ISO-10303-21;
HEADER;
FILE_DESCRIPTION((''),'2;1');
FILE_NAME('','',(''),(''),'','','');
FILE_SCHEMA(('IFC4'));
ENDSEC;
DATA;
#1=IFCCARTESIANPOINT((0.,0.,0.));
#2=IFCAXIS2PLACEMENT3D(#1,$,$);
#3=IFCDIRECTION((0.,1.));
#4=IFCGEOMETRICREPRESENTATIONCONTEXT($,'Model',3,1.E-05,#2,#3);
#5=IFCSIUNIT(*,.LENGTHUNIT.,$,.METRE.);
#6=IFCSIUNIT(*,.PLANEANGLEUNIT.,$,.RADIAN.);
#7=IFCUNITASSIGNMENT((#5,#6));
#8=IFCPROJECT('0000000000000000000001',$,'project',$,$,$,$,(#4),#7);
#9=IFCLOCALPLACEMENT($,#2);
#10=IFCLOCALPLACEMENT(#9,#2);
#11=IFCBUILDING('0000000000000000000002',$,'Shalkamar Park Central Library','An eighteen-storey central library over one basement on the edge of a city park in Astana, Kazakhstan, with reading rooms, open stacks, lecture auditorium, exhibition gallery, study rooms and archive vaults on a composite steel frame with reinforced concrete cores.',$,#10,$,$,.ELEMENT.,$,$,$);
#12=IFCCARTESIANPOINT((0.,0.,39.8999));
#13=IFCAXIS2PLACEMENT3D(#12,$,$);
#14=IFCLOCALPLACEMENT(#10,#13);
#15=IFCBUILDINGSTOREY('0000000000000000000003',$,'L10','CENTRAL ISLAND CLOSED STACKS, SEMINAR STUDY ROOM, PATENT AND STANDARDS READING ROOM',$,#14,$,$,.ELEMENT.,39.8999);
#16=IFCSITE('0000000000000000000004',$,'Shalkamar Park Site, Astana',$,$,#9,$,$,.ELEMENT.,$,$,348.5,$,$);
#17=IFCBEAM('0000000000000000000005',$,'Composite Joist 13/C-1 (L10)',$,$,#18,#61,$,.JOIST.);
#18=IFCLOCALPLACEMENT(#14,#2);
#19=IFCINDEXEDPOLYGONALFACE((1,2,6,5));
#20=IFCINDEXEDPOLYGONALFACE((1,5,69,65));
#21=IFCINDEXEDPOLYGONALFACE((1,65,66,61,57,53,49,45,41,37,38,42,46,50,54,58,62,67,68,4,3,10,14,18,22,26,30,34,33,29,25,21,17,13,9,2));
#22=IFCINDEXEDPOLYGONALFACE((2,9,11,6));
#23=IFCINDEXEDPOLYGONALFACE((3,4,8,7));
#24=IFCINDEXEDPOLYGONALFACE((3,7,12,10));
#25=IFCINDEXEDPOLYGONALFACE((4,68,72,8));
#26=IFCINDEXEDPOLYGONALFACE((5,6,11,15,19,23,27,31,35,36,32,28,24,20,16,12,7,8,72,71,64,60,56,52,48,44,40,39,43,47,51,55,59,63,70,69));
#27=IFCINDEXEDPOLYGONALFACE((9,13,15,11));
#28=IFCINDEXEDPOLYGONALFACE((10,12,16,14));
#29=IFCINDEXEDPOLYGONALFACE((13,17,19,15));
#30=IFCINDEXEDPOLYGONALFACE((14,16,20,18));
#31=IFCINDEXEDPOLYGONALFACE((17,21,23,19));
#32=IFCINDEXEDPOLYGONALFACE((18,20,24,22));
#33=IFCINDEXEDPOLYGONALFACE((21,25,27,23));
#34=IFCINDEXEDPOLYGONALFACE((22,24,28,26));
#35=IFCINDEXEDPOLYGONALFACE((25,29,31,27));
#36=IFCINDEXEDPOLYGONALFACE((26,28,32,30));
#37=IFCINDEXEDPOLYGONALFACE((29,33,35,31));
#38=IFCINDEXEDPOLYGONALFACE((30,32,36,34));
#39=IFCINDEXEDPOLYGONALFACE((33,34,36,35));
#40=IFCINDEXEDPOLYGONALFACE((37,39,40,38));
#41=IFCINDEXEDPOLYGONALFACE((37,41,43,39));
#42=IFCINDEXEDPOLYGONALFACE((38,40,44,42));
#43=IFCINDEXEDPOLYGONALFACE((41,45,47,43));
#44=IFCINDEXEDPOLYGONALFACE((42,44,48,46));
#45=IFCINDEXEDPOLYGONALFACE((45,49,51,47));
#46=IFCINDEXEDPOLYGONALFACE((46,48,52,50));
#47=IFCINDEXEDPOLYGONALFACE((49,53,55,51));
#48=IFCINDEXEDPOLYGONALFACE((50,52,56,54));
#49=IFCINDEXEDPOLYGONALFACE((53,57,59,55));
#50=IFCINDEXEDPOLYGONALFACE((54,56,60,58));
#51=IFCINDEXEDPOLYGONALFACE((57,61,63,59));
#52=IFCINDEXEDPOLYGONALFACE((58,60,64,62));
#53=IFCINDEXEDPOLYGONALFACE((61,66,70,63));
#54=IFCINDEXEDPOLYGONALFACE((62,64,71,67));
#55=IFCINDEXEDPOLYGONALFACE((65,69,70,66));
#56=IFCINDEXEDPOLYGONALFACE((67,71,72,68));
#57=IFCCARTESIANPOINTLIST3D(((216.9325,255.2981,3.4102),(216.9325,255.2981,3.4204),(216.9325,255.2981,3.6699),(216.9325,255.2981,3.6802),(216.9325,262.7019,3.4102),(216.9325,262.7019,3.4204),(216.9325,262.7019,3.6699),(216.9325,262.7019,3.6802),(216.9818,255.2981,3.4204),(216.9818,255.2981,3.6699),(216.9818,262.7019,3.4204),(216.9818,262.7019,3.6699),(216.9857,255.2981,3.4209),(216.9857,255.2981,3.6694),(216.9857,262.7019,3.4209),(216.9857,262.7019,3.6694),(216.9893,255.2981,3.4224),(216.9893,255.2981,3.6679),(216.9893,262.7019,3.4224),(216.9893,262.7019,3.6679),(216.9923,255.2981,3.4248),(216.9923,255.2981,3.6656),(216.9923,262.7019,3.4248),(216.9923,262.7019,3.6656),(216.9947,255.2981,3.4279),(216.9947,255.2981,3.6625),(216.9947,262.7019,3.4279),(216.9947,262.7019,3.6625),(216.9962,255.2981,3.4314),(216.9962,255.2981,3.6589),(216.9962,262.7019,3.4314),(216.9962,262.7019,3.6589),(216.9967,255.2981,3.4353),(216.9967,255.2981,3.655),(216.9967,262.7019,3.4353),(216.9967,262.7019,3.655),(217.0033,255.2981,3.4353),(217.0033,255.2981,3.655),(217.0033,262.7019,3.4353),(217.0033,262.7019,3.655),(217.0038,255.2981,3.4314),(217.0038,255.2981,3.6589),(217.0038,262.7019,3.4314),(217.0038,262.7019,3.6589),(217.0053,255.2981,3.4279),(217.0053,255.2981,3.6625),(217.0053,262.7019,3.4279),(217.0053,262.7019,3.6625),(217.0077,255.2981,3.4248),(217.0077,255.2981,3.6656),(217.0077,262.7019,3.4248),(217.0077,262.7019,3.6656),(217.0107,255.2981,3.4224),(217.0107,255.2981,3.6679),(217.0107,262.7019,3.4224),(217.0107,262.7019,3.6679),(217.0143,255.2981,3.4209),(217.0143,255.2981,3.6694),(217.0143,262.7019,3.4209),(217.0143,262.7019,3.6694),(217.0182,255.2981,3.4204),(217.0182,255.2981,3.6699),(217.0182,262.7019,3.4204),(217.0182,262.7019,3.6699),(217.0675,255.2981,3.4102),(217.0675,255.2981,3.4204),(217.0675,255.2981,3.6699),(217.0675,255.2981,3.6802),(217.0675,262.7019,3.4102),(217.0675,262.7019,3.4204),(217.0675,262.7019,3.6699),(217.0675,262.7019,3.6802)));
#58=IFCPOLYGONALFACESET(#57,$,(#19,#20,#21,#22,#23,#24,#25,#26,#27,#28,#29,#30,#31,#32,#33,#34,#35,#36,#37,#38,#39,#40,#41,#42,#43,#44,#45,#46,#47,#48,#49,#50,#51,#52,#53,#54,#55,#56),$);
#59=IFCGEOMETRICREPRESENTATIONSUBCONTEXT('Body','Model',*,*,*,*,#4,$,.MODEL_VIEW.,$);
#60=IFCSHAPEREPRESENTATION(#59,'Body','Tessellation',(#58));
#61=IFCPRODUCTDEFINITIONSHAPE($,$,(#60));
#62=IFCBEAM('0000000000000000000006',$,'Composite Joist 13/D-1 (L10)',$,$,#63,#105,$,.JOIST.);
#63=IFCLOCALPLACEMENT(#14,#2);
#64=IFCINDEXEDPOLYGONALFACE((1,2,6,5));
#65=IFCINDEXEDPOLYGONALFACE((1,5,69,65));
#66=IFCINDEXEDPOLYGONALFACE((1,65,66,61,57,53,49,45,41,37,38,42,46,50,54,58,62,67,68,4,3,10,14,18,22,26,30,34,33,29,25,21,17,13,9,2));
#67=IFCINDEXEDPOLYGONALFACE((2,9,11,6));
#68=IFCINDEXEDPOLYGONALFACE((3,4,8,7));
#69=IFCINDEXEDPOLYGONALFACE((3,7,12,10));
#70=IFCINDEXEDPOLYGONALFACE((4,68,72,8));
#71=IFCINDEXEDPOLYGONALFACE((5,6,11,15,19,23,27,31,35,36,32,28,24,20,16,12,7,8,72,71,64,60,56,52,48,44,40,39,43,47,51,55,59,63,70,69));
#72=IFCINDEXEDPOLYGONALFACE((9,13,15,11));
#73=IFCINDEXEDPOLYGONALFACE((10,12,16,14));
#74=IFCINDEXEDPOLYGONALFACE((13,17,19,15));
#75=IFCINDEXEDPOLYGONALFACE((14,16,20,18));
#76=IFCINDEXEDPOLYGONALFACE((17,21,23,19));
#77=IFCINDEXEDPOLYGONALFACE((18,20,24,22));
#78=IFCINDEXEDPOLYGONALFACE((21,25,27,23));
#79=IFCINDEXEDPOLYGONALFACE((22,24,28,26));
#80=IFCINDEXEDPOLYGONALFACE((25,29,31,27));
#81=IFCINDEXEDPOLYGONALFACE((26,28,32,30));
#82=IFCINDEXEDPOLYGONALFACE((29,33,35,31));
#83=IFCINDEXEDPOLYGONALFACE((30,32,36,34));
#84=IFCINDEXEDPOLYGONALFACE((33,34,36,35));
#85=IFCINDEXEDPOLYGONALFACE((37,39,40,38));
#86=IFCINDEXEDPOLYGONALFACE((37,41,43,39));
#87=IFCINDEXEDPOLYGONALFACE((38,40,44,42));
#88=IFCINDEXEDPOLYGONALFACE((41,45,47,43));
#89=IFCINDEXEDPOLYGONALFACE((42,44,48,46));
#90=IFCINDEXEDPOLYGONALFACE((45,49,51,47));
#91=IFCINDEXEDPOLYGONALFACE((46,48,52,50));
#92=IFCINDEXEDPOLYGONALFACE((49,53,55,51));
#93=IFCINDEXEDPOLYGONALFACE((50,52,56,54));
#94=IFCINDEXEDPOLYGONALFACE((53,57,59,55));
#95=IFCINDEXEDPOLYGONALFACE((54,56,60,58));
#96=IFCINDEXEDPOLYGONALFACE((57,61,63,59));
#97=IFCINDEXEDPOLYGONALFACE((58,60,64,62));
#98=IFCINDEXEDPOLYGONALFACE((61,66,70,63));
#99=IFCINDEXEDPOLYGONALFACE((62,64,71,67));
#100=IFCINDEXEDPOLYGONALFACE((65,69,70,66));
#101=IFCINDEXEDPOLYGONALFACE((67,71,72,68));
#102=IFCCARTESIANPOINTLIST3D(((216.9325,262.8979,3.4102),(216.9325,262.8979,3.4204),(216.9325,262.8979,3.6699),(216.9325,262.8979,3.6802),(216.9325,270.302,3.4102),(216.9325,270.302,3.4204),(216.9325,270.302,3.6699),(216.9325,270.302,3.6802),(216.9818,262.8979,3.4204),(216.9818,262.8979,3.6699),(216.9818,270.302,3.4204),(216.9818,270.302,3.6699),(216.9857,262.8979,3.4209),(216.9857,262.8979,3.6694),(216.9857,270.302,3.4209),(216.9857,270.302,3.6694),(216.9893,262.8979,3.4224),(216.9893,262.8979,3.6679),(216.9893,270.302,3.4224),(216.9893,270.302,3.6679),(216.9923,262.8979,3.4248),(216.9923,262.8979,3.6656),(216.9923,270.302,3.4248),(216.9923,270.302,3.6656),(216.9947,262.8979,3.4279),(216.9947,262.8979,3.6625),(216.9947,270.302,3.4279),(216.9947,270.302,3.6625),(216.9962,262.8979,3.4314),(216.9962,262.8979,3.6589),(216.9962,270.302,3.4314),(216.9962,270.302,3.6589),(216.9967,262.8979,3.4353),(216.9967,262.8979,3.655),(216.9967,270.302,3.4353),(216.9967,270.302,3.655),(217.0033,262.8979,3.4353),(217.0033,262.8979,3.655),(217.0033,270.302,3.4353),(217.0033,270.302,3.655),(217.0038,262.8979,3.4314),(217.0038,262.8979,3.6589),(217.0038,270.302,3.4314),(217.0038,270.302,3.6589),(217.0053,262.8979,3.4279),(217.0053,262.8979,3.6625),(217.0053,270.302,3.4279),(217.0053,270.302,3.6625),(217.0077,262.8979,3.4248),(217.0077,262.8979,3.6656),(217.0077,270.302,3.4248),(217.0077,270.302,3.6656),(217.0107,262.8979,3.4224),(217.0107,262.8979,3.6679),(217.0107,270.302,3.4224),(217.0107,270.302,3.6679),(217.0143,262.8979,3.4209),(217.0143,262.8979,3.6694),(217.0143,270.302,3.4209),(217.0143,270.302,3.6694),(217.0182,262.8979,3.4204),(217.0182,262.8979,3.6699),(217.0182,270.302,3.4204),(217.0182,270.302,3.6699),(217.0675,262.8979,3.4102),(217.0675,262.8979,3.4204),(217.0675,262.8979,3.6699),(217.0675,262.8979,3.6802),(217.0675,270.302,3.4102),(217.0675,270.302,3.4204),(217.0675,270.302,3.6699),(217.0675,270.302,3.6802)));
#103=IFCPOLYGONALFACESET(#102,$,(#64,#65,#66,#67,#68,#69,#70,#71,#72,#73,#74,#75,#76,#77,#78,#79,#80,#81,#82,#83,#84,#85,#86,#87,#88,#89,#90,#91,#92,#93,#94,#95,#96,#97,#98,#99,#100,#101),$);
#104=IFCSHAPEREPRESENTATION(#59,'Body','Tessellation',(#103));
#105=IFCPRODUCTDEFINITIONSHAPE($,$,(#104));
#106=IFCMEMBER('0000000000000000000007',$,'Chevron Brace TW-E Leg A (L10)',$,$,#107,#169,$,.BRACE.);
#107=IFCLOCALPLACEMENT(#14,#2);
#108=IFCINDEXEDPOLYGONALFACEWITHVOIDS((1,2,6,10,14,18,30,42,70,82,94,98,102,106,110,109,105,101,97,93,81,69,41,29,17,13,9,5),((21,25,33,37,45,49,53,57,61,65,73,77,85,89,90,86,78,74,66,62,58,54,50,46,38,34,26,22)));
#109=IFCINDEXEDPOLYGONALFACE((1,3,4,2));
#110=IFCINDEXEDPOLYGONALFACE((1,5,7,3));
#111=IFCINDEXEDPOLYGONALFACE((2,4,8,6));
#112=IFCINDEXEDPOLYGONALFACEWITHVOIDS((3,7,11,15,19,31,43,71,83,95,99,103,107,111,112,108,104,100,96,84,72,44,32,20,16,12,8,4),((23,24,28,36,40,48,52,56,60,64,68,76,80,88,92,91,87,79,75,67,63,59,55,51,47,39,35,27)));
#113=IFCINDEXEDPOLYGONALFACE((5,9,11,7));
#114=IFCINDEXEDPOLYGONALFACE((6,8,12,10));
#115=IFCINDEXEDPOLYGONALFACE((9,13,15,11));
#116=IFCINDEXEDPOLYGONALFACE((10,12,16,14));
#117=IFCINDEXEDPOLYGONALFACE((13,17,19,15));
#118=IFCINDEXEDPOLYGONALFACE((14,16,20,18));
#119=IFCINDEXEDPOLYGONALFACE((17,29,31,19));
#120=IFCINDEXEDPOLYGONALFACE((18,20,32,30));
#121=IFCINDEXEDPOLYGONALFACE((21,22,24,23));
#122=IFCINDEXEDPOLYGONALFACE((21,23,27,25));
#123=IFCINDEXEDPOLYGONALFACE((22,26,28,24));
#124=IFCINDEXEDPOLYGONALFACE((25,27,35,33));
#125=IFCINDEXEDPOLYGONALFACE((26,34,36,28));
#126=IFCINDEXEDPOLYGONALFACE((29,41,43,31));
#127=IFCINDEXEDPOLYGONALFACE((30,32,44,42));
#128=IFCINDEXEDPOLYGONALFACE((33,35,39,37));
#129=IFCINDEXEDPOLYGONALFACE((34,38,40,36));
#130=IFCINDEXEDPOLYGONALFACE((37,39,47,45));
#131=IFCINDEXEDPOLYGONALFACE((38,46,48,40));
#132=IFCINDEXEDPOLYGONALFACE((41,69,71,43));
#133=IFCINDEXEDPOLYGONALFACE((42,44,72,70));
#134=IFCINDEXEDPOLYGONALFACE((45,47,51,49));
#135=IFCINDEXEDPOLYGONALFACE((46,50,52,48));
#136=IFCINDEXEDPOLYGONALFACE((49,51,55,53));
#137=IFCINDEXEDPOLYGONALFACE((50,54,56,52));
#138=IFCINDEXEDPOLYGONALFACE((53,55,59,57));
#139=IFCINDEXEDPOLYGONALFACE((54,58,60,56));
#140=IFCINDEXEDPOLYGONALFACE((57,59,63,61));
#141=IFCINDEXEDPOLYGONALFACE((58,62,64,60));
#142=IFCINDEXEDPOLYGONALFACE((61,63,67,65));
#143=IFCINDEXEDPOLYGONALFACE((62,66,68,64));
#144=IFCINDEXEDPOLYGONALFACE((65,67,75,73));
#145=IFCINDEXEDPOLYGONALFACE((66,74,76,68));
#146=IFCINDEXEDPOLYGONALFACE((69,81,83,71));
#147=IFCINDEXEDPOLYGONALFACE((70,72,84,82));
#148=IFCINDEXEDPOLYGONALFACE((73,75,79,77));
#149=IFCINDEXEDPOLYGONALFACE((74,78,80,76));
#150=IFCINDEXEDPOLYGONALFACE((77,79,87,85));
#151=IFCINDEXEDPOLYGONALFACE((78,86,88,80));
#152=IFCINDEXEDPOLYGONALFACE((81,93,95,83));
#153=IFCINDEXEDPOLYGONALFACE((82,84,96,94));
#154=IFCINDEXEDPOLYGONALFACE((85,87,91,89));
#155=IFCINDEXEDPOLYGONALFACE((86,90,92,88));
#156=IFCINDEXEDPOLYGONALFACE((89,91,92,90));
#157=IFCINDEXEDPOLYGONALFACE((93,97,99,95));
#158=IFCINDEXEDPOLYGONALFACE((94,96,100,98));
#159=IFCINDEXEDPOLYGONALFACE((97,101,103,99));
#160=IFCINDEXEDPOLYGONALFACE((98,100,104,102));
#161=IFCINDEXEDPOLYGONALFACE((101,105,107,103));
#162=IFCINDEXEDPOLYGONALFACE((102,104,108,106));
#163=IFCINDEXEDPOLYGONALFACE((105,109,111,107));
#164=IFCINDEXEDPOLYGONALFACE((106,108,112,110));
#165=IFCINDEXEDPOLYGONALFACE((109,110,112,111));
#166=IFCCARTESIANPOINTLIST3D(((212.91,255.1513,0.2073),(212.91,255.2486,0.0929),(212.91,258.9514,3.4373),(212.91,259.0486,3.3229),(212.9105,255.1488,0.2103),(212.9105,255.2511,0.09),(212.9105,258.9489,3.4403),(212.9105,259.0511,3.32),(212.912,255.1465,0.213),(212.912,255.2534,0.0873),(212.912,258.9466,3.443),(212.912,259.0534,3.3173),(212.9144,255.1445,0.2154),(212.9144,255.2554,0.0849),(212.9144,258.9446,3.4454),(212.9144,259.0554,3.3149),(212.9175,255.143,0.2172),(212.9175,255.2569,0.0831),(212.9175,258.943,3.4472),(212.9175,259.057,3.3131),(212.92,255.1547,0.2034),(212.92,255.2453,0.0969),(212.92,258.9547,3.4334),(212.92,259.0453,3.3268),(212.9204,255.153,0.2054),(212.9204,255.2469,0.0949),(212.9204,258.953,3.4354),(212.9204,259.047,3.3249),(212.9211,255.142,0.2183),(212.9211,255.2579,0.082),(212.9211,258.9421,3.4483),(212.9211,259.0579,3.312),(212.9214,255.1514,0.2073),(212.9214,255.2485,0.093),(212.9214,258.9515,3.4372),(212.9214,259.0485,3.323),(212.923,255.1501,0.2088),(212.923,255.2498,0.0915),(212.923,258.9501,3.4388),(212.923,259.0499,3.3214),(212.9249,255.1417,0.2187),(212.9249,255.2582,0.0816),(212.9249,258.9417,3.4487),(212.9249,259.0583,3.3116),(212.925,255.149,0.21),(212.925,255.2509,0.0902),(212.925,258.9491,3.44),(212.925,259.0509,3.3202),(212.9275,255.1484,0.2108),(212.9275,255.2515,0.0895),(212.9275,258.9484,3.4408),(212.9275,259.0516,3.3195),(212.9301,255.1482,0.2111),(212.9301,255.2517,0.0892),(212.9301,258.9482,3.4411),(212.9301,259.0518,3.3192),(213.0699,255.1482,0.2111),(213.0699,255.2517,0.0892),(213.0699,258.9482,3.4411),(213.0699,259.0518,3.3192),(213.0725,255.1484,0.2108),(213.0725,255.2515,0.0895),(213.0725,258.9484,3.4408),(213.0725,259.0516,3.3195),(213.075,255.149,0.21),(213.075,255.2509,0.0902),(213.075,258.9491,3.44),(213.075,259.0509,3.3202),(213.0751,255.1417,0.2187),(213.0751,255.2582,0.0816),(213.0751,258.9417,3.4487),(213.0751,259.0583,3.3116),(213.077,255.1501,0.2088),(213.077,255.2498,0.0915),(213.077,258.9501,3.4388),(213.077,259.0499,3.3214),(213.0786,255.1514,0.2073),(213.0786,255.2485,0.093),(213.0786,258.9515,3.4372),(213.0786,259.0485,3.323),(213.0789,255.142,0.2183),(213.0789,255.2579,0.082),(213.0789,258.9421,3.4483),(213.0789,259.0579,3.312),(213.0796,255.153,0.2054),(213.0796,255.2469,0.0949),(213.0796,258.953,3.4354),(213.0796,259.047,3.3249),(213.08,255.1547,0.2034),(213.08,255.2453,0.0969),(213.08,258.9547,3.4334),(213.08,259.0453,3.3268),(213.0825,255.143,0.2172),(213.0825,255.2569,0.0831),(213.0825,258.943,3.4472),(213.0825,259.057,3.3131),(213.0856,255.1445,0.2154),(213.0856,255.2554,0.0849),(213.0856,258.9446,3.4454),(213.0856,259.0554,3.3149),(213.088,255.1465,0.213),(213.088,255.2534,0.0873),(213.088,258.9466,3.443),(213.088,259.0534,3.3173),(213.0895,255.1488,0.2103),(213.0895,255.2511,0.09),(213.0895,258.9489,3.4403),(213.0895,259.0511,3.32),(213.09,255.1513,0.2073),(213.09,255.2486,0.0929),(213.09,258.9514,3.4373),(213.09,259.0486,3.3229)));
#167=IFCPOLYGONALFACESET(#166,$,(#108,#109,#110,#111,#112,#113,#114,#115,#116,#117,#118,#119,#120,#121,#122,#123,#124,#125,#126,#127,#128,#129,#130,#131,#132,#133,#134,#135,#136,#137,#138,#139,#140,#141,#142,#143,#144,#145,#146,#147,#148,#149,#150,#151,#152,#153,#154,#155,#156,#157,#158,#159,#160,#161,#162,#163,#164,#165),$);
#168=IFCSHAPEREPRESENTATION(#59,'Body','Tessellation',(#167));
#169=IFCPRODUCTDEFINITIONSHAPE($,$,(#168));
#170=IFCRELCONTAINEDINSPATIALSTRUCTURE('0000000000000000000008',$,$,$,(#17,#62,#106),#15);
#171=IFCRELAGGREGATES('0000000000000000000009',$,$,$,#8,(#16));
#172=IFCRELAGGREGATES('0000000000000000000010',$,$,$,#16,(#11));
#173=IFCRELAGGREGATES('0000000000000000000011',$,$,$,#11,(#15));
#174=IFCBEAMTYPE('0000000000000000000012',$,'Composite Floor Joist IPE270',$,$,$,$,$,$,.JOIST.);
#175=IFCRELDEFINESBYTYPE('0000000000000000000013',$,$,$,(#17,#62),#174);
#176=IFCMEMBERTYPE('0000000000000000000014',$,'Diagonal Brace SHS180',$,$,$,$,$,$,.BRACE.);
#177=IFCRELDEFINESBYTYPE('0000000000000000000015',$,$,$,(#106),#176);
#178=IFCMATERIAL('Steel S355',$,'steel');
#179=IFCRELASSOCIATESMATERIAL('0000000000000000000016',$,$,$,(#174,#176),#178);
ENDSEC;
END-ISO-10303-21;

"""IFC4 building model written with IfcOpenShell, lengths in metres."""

from ifc_helpers import new_model, si_unit, direction, frame, origin, origin_2d, place, context, subcontext, project, spatial, hollow_rectangle, i_section, extrude, material, material_profile, profile_set, type_object, element, save


model = new_model("IFC4")

# Units and contexts
model_context = context("Model", 3, precision=1e-05, world=origin(), true_north=direction((0.0, 1.0)))
body_context = subcontext(model_context, "Body", "Model", "MODEL_VIEW")
ifc_project = project(units=[si_unit("LENGTHUNIT", "METRE"), si_unit("PLANEANGLEUNIT", "RADIAN")], contexts=[model_context])

# Site, building, storey
site_placement = place(None, origin())
site = spatial("IfcSite", under=ifc_project, at=site_placement, Name="Shalkamar Park Site, Astana", CompositionType="ELEMENT", RefElevation=348.5)
building_placement = place(site_placement, origin())
building = spatial("IfcBuilding", under=site, at=building_placement, Name="Shalkamar Park Central Library", Description="An eighteen-storey central library over one basement on the edge of a city park in Astana, Kazakhstan, with reading rooms, open stacks, lecture auditorium, exhibition gallery, study rooms and archive vaults on a composite steel frame with reinforced concrete cores.", CompositionType="ELEMENT")
storey_placement = place(building_placement, frame((0.0, 0.0, 39.8999)))
storey = spatial("IfcBuildingStorey", under=building, at=storey_placement, Name="L10", Description="CENTRAL ISLAND CLOSED STACKS, SEMINAR STUDY ROOM, PATENT AND STANDARDS READING ROOM", CompositionType="ELEMENT", Elevation=39.8999)

# Shared definitions
ifc_material_1 = material(Name="Steel S355", Category="steel")

# Beams
ifc_material_profile_1 = material_profile(ifc_material_1, i_section(OverallWidth=0.135, OverallDepth=0.27, WebThickness=0.0066, FlangeThickness=0.0103, FilletRadius=0.0149, at=origin_2d()), Name="IPE 270")
ifc_profile_set_1 = profile_set([ifc_material_profile_1], Name="Steel S355")
beam_type_1 = type_object("IfcBeamType", Name="Composite Floor Joist IPE270", PredefinedType="JOIST", material=ifc_profile_set_1)
beam_1_placement = place(storey_placement, frame((217.0, 255.2981, 3.5452), z_axis=(0.0, 1.0, 0.0), x_axis=(-1.0, 0.0, 0.0)))
element("IfcBeam", 1, at=beam_1_placement, inside=storey, type_object=beam_type_1, Name="Composite Joist 13/C-1 (L10)", PredefinedType="JOIST", context=body_context, shape_type="SweptSolid", body=[
    extrude(i_section(OverallWidth=0.135, OverallDepth=0.27, WebThickness=0.0066, FlangeThickness=0.0103, FilletRadius=0.0149, at=origin_2d()), origin(), (0.0, 0.0, 1.0), 7.4038),
])
beam_2_placement = place(storey_placement, frame((217.0, 262.8979, 3.5452), z_axis=(0.0, 1.0, 0.0), x_axis=(-1.0, 0.0, 0.0)))
element("IfcBeam", 2, at=beam_2_placement, inside=storey, type_object=beam_type_1, Name="Composite Joist 13/D-1 (L10)", PredefinedType="JOIST", context=body_context, shape_type="SweptSolid", body=[
    extrude(i_section(OverallWidth=0.135, OverallDepth=0.27, WebThickness=0.0066, FlangeThickness=0.0103, FilletRadius=0.0149, at=origin_2d()), origin(), (0.0, 0.0, 1.0), 7.4041),
])

# Member
ifc_material_profile_2 = material_profile(ifc_material_1, hollow_rectangle(XDim=0.1799, YDim=0.1799, WallThickness=0.01, InnerFilletRadius=0.01, OuterFilletRadius=0.0149, at=origin_2d()), Name="SHS 180x180x10")
ifc_profile_set_2 = profile_set([ifc_material_profile_2], Name="Steel S355")
member_type = type_object("IfcMemberType", Name="Diagonal Brace SHS180", PredefinedType="BRACE", material=ifc_profile_set_2)
for number, where, z_axis, x_axis, name in (
    (3, (213.0, 255.2, 0.1501), (0.0, 0.761945, 0.647641), (-1.0, 0.0, 0.0), "Chevron Brace TW-E Leg A (L10)"),
):
    element("IfcMember", number, at=place(storey_placement, frame(where, z_axis=z_axis, x_axis=x_axis)), inside=storey, type_object=member_type, Name=name, PredefinedType="BRACE", context=body_context, shape_type="SweptSolid", body=[
        extrude(hollow_rectangle(XDim=0.1799, YDim=0.1799, WallThickness=0.01, InnerFilletRadius=0.01, OuterFilletRadius=0.0149, at=origin_2d()), origin(), (0.0, 0.0, 1.0), 4.9873),
    ])

save(model, "model.ifc")
